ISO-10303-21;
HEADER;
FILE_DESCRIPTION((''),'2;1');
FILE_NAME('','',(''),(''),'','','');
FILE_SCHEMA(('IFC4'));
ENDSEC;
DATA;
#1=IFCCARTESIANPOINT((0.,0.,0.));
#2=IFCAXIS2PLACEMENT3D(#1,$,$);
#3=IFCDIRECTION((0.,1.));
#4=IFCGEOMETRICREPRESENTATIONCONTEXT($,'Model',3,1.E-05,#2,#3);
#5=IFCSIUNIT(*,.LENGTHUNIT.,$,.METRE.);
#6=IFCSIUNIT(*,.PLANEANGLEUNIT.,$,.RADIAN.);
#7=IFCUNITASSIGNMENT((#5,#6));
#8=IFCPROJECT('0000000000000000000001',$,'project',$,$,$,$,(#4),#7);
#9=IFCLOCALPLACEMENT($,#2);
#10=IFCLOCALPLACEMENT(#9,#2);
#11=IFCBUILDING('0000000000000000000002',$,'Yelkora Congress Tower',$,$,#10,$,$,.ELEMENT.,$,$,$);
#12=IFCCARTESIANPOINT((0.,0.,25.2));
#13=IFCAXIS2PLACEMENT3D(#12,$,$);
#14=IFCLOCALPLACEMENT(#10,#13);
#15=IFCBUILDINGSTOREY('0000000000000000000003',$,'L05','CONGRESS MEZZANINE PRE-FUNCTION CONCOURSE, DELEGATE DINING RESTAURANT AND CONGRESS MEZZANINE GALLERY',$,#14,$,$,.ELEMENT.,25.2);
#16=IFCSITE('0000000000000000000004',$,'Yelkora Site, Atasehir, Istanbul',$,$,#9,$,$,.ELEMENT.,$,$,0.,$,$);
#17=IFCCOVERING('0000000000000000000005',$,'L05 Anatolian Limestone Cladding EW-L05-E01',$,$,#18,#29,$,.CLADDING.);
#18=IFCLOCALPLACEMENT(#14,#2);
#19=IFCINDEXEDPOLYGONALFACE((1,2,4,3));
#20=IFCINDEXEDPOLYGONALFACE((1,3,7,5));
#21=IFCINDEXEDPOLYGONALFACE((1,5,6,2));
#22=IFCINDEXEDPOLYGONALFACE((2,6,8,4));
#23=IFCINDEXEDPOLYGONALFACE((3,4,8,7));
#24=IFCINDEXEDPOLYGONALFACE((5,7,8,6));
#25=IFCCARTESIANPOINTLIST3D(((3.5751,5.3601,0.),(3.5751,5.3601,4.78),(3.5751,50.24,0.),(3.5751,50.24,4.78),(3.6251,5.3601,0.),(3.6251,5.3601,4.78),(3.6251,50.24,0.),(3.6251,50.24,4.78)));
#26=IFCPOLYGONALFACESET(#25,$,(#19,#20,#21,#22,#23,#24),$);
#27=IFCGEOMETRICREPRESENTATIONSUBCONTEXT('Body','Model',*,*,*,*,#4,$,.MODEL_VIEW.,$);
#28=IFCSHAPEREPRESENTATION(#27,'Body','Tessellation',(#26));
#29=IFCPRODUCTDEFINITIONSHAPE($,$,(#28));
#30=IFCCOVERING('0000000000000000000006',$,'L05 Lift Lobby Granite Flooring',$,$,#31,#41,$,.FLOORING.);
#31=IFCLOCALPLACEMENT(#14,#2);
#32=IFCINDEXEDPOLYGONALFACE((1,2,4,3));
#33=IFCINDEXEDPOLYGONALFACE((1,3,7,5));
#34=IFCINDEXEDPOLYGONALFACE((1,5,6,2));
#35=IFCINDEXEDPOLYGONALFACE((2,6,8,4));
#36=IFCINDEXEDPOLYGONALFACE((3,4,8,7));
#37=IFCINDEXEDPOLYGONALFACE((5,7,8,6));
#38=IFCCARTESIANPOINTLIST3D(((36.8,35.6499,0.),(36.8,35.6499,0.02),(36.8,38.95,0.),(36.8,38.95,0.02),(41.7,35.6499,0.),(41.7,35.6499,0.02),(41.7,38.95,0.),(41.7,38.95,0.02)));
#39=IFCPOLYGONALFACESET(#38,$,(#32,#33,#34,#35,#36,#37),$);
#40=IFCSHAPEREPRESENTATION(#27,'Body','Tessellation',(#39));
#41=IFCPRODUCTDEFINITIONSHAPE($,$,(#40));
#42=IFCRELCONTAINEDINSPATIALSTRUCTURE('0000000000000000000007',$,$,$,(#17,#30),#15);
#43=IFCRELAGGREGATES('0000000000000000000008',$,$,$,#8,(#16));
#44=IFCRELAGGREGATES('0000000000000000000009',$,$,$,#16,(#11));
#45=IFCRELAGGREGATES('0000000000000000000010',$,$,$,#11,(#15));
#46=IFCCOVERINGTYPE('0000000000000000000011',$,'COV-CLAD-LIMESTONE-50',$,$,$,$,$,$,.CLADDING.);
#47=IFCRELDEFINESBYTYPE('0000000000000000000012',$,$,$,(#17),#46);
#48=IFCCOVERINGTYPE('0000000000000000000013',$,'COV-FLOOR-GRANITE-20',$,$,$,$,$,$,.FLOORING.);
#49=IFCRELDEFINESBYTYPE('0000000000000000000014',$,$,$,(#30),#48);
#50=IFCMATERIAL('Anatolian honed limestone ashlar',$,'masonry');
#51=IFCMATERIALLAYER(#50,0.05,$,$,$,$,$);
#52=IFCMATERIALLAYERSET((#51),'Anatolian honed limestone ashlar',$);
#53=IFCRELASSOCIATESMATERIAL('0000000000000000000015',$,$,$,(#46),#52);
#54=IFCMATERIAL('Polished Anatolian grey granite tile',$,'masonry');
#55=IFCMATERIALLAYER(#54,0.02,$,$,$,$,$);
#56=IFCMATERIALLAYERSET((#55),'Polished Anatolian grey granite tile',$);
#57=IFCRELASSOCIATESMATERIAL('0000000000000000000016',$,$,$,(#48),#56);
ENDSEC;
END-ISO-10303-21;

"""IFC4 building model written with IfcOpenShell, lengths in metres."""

from ifc_helpers import new_model, si_unit, direction, frame, frame_2d, origin, place, context, subcontext, project, spatial, polyline, rectangle, outline, extrude, material, layer, layer_set, type_object, element, save


model = new_model("IFC4")

# Units and contexts
model_context = context("Model", 3, precision=1e-05, world=origin(), true_north=direction((0.0, 1.0)))
body_context = subcontext(model_context, "Body", "Model", "MODEL_VIEW")
ifc_project = project(units=[si_unit("LENGTHUNIT", "METRE"), si_unit("PLANEANGLEUNIT", "RADIAN")], contexts=[model_context])

# Site, building, storey
site_placement = place(None, origin())
site = spatial("IfcSite", under=ifc_project, at=site_placement, Name="Yelkora Site, Atasehir, Istanbul", CompositionType="ELEMENT", RefElevation=0.0)
building_placement = place(site_placement, origin())
building = spatial("IfcBuilding", under=site, at=building_placement, Name="Yelkora Congress Tower", CompositionType="ELEMENT")
storey_placement = place(building_placement, frame((0.0, 0.0, 25.2)))
storey = spatial("IfcBuildingStorey", under=building, at=storey_placement, Name="L05", Description="CONGRESS MEZZANINE PRE-FUNCTION CONCOURSE, DELEGATE DINING RESTAURANT AND CONGRESS MEZZANINE GALLERY", CompositionType="ELEMENT", Elevation=25.2)

# Coverings
ifc_material_1 = material(Name="Anatolian honed limestone ashlar", Category="masonry")
ifc_layer_1 = layer(ifc_material_1, 0.05)
ifc_layer_set_1 = layer_set([ifc_layer_1], Name="Anatolian honed limestone ashlar")
covering_type_1 = type_object("IfcCoveringType", Name="COV-CLAD-LIMESTONE-50", PredefinedType="CLADDING", material=ifc_layer_set_1)
covering_1_placement = place(storey_placement, frame((3.6001, 5.3601, 0.0), z_axis=(0.0, 0.0, 1.0), x_axis=(0.0, 1.0, 0.0)))
element("IfcCovering", 1, at=covering_1_placement, inside=storey, type_object=covering_type_1, Name="L05 Anatolian Limestone Cladding EW-L05-E01", PredefinedType="CLADDING", context=body_context, shape_type="SweptSolid", body=[
    extrude(rectangle(XDim=44.8799, YDim=0.05, at=frame_2d((22.4399, 0.0))), origin(), (0.0, 0.0, 1.0), 4.78),
])
ifc_material_2 = material(Name="Polished Anatolian grey granite tile", Category="masonry")
ifc_layer_2 = layer(ifc_material_2, 0.02)
ifc_layer_set_2 = layer_set([ifc_layer_2], Name="Polished Anatolian grey granite tile")
covering_type_2 = type_object("IfcCoveringType", Name="COV-FLOOR-GRANITE-20", PredefinedType="FLOORING", material=ifc_layer_set_2)
covering_2_placement = place(storey_placement, origin())
element("IfcCovering", 2, at=covering_2_placement, inside=storey, type_object=covering_type_2, Name="L05 Lift Lobby Granite Flooring", PredefinedType="FLOORING", context=body_context, shape_type="SweptSolid", body=[
    extrude(outline(polyline([(36.8, 35.6499), (41.7, 35.6499), (41.7, 38.95), (36.8, 38.95), (36.8, 35.6499)])), origin(), (0.0, 0.0, 1.0), 0.02),
])

save(model, "model.ifc")
